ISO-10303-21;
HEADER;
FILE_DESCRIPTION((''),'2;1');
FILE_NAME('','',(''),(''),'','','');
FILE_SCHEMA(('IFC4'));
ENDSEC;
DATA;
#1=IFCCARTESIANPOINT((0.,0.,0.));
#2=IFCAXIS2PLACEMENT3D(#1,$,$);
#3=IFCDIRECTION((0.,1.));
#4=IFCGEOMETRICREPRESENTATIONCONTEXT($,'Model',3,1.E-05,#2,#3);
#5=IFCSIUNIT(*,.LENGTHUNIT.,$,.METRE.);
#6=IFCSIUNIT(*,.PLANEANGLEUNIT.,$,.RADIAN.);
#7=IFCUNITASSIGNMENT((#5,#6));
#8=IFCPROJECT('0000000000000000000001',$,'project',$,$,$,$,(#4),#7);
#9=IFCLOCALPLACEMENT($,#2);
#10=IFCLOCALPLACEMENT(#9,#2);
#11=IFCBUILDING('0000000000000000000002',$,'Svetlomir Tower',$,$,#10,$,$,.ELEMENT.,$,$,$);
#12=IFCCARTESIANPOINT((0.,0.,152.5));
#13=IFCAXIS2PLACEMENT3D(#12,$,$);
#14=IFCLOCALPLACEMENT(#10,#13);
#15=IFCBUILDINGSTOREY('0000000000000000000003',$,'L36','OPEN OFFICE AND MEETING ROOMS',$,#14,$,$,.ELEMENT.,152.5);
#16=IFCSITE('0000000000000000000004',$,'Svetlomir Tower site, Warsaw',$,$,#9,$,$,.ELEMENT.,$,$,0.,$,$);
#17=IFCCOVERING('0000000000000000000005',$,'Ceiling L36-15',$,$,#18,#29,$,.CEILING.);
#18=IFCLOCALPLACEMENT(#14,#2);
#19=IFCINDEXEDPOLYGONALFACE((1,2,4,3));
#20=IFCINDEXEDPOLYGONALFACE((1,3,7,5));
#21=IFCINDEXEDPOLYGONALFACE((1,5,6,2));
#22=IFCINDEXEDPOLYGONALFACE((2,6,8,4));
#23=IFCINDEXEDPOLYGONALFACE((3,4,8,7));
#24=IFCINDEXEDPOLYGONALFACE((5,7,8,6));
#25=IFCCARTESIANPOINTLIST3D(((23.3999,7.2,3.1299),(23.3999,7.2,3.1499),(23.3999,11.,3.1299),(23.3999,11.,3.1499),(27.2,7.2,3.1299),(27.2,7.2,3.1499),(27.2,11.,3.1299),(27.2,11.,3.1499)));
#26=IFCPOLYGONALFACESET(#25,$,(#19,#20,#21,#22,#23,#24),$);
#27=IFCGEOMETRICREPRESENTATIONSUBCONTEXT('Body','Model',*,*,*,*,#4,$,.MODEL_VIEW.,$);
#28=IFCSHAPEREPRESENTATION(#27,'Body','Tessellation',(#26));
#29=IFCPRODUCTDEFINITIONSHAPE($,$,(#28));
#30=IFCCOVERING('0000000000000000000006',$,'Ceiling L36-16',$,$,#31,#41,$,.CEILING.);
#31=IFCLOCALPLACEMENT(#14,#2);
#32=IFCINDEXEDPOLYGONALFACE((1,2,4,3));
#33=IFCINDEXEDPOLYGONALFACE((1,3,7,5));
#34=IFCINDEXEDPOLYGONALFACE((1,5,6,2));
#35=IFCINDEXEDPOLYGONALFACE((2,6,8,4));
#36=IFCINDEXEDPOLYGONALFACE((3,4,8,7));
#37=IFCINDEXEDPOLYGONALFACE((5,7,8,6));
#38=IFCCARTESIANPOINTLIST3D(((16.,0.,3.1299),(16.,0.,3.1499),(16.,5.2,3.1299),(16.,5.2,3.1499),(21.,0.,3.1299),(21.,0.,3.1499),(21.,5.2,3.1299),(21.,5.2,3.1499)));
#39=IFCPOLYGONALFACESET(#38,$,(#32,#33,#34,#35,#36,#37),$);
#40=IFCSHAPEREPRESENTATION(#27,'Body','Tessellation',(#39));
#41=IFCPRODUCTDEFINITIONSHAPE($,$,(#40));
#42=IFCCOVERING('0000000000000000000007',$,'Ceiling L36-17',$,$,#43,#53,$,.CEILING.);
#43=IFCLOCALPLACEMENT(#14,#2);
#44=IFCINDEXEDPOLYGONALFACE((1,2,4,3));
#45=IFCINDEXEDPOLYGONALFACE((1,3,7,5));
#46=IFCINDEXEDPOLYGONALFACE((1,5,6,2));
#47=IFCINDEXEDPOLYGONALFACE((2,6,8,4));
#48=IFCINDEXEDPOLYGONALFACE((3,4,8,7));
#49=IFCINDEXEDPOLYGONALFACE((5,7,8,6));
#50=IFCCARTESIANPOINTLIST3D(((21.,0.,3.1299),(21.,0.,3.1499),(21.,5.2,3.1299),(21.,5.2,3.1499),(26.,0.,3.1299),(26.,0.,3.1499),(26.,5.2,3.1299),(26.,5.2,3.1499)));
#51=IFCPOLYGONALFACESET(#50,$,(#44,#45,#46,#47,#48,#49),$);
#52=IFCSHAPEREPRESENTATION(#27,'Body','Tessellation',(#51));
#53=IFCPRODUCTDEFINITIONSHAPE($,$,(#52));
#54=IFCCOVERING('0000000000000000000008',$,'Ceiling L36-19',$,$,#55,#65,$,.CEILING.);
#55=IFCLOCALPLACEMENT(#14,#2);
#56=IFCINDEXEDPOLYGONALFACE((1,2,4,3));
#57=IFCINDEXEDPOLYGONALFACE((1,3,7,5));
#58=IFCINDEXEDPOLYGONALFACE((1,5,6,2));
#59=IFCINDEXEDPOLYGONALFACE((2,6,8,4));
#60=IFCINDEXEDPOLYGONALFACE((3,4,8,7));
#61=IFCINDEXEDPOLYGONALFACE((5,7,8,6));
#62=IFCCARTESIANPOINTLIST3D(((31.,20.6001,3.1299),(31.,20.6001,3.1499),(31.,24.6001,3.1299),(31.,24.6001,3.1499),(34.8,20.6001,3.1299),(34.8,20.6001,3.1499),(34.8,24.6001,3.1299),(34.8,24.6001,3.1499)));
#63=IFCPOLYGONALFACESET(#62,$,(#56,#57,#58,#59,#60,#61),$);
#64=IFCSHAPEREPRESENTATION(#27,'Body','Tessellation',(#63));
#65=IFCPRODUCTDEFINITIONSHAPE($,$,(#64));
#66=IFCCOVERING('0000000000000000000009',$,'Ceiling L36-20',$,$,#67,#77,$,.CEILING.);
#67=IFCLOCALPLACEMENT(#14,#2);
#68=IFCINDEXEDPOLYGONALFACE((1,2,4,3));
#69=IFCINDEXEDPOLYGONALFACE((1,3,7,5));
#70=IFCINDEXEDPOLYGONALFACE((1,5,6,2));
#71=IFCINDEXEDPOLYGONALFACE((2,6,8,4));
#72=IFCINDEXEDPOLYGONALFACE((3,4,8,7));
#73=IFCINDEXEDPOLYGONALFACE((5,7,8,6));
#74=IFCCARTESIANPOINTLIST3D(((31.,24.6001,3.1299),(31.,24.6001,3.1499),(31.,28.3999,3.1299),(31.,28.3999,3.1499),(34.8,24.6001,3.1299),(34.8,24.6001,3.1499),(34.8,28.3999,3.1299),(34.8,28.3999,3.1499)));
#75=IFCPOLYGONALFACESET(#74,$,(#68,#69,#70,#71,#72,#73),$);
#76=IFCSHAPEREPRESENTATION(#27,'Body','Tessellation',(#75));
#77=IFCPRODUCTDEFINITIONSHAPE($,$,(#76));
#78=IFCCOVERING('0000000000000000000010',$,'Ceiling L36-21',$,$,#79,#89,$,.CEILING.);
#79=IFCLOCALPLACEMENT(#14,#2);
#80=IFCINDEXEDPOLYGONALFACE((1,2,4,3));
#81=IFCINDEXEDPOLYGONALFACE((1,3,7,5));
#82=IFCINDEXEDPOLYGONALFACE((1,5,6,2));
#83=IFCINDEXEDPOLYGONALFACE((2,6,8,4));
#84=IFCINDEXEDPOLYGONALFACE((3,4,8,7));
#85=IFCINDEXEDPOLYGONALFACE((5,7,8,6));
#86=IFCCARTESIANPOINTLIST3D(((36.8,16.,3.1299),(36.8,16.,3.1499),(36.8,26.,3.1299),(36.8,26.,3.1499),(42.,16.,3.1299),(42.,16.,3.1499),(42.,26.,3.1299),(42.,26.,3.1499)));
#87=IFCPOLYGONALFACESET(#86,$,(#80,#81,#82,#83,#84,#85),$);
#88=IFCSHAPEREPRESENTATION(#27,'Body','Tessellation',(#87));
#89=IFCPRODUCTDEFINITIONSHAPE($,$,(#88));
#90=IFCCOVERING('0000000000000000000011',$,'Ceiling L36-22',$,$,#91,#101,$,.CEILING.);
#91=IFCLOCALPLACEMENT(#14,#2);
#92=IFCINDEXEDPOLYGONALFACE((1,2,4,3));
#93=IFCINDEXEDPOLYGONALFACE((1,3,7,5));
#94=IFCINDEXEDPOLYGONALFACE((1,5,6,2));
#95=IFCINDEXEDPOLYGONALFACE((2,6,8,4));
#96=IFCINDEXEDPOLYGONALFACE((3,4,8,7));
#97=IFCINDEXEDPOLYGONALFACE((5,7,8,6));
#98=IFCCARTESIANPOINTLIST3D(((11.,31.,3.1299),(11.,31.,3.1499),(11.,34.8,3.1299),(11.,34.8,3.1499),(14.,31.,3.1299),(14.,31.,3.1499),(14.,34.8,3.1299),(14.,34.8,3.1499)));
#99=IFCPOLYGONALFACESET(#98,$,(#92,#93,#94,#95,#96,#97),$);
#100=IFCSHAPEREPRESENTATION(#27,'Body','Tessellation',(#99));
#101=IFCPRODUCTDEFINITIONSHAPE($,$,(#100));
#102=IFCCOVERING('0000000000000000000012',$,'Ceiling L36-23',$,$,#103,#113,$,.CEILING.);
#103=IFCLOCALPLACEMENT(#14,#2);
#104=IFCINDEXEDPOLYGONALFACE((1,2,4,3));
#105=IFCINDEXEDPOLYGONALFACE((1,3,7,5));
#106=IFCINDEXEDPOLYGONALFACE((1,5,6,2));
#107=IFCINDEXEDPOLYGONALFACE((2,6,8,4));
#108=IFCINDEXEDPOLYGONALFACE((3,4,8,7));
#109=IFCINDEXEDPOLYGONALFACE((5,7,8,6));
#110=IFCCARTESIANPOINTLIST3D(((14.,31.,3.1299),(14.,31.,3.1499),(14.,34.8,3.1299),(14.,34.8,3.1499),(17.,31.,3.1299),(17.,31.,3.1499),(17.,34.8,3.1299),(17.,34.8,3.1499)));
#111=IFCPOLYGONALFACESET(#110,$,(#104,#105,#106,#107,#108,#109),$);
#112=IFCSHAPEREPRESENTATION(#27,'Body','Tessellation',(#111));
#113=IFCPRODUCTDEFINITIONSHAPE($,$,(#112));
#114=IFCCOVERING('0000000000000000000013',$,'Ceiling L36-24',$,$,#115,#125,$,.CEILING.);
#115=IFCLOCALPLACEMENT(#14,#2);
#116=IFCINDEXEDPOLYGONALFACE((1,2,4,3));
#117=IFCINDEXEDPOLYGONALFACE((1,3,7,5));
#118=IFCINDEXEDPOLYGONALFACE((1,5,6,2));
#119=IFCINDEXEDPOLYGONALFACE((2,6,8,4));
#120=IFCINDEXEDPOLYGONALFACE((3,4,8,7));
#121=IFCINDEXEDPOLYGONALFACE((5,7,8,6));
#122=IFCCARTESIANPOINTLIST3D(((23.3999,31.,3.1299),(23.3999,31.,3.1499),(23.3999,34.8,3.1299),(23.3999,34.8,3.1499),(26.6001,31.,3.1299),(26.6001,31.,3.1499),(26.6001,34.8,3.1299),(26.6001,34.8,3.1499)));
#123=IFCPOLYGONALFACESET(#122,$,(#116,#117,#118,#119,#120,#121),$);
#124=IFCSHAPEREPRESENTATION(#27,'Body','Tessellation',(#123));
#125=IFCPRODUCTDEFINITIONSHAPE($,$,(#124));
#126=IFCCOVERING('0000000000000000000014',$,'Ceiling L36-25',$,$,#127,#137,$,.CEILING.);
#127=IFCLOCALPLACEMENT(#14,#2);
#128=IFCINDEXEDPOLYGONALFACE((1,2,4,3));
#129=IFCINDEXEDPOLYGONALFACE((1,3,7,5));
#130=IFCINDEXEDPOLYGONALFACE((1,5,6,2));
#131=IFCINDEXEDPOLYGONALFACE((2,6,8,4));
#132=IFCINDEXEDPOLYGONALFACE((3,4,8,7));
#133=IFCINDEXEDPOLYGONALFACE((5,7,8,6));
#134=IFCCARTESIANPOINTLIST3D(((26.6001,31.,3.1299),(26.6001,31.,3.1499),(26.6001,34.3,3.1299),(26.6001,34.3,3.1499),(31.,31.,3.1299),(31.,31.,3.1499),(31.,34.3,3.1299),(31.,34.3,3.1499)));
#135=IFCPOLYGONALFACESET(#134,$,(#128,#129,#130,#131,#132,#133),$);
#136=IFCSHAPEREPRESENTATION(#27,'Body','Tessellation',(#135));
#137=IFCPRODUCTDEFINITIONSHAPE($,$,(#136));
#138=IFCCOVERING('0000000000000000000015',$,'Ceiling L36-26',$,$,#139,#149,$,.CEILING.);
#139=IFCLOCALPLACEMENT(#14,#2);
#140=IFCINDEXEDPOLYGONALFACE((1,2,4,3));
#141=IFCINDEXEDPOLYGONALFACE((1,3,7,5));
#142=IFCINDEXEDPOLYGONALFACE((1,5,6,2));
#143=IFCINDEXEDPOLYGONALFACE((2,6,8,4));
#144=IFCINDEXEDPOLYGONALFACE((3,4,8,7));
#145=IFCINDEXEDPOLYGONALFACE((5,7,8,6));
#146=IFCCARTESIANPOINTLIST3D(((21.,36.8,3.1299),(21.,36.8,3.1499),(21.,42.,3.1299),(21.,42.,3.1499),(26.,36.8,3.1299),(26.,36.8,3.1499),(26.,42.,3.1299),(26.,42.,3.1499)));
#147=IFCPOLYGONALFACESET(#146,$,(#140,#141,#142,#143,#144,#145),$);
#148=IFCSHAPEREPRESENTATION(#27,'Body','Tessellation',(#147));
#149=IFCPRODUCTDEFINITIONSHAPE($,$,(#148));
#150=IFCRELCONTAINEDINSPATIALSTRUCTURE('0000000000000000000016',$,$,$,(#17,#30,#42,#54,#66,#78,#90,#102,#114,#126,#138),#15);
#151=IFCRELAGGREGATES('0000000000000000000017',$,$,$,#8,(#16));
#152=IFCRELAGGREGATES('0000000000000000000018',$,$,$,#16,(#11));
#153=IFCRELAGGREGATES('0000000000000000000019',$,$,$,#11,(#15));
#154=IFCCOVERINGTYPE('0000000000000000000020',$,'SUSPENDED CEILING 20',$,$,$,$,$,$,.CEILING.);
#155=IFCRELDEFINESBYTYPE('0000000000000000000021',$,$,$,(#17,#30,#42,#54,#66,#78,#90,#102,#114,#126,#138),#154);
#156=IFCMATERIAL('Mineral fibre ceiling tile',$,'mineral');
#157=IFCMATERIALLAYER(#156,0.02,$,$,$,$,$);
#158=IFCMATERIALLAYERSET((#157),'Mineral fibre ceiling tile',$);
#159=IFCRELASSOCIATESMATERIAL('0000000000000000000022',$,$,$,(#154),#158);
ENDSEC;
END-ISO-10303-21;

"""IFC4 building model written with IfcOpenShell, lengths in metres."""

from ifc_helpers import new_model, si_unit, direction, frame, origin, place, context, subcontext, project, spatial, polyline, outline, extrude, material, layer, layer_set, type_object, element, save


model = new_model("IFC4")

# Units and contexts
model_context = context("Model", 3, precision=1e-05, world=origin(), true_north=direction((0.0, 1.0)))
body_context = subcontext(model_context, "Body", "Model", "MODEL_VIEW")
ifc_project = project(units=[si_unit("LENGTHUNIT", "METRE"), si_unit("PLANEANGLEUNIT", "RADIAN")], contexts=[model_context])

# Site, building, storey
site_placement = place(None, origin())
site = spatial("IfcSite", under=ifc_project, at=site_placement, Name="Svetlomir Tower site, Warsaw", CompositionType="ELEMENT", RefElevation=0.0)
building_placement = place(site_placement, origin())
building = spatial("IfcBuilding", under=site, at=building_placement, Name="Svetlomir Tower", CompositionType="ELEMENT")
storey_placement = place(building_placement, frame((0.0, 0.0, 152.5)))
storey = spatial("IfcBuildingStorey", under=building, at=storey_placement, Name="L36", Description="OPEN OFFICE AND MEETING ROOMS", CompositionType="ELEMENT", Elevation=152.5)

# Coverings
ifc_material_1 = material(Name="Mineral fibre ceiling tile", Category="mineral")
ifc_layer_1 = layer(ifc_material_1, 0.02)
ifc_layer_set_1 = layer_set([ifc_layer_1], Name="Mineral fibre ceiling tile")
covering_type_1 = type_object("IfcCoveringType", Name="SUSPENDED CEILING 20", PredefinedType="CEILING", material=ifc_layer_set_1)
covering_1_placement = place(storey_placement, frame((0.0, 0.0, 3.1299)))
element("IfcCovering", 1, at=covering_1_placement, inside=storey, type_object=covering_type_1, Name="Ceiling L36-15", PredefinedType="CEILING", context=body_context, shape_type="SweptSolid", body=[
    extrude(outline(polyline([(23.3999, 7.2), (27.2, 7.2), (27.2, 11.0), (23.3999, 11.0), (23.3999, 7.2)])), origin(), (0.0, 0.0, 1.0), 0.02),
])
covering_2_placement = place(storey_placement, frame((0.0, 0.0, 3.1299)))
element("IfcCovering", 2, at=covering_2_placement, inside=storey, type_object=covering_type_1, Name="Ceiling L36-16", PredefinedType="CEILING", context=body_context, shape_type="SweptSolid", body=[
    extrude(outline(polyline([(16.0, 0.0), (21.0, 0.0), (21.0, 5.2), (16.0, 5.2), (16.0, 0.0)])), origin(), (0.0, 0.0, 1.0), 0.02),
])
covering_3_placement = place(storey_placement, frame((0.0, 0.0, 3.1299)))
element("IfcCovering", 3, at=covering_3_placement, inside=storey, type_object=covering_type_1, Name="Ceiling L36-17", PredefinedType="CEILING", context=body_context, shape_type="SweptSolid", body=[
    extrude(outline(polyline([(21.0, 0.0), (26.0, 0.0), (26.0, 5.2), (21.0, 5.2), (21.0, 0.0)])), origin(), (0.0, 0.0, 1.0), 0.02),
])
covering_4_placement = place(storey_placement, frame((0.0, 0.0, 3.1299)))
element("IfcCovering", 4, at=covering_4_placement, inside=storey, type_object=covering_type_1, Name="Ceiling L36-19", PredefinedType="CEILING", context=body_context, shape_type="SweptSolid", body=[
    extrude(outline(polyline([(31.0, 20.6001), (34.8, 20.6001), (34.8, 24.6001), (31.0, 24.6001), (31.0, 20.6001)])), origin(), (0.0, 0.0, 1.0), 0.02),
])
covering_5_placement = place(storey_placement, frame((0.0, 0.0, 3.1299)))
element("IfcCovering", 5, at=covering_5_placement, inside=storey, type_object=covering_type_1, Name="Ceiling L36-20", PredefinedType="CEILING", context=body_context, shape_type="SweptSolid", body=[
    extrude(outline(polyline([(31.0, 24.6001), (34.8, 24.6001), (34.8, 28.3999), (31.0, 28.3999), (31.0, 24.6001)])), origin(), (0.0, 0.0, 1.0), 0.02),
])
covering_6_placement = place(storey_placement, frame((0.0, 0.0, 3.1299)))
element("IfcCovering", 6, at=covering_6_placement, inside=storey, type_object=covering_type_1, Name="Ceiling L36-21", PredefinedType="CEILING", context=body_context, shape_type="SweptSolid", body=[
    extrude(outline(polyline([(36.8, 16.0), (42.0, 16.0), (42.0, 26.0), (36.8, 26.0), (36.8, 16.0)])), origin(), (0.0, 0.0, 1.0), 0.02),
])
covering_7_placement = place(storey_placement, frame((0.0, 0.0, 3.1299)))
element("IfcCovering", 7, at=covering_7_placement, inside=storey, type_object=covering_type_1, Name="Ceiling L36-22", PredefinedType="CEILING", context=body_context, shape_type="SweptSolid", body=[
    extrude(outline(polyline([(11.0, 31.0), (14.0, 31.0), (14.0, 34.8), (11.0, 34.8), (11.0, 31.0)])), origin(), (0.0, 0.0, 1.0), 0.02),
])
covering_8_placement = place(storey_placement, frame((0.0, 0.0, 3.1299)))
element("IfcCovering", 8, at=covering_8_placement, inside=storey, type_object=covering_type_1, Name="Ceiling L36-23", PredefinedType="CEILING", context=body_context, shape_type="SweptSolid", body=[
    extrude(outline(polyline([(14.0, 31.0), (17.0, 31.0), (17.0, 34.8), (14.0, 34.8), (14.0, 31.0)])), origin(), (0.0, 0.0, 1.0), 0.02),
])
covering_9_placement = place(storey_placement, frame((0.0, 0.0, 3.1299)))
element("IfcCovering", 9, at=covering_9_placement, inside=storey, type_object=covering_type_1, Name="Ceiling L36-24", PredefinedType="CEILING", context=body_context, shape_type="SweptSolid", body=[
    extrude(outline(polyline([(23.3999, 31.0), (26.6001, 31.0), (26.6001, 34.8), (23.3999, 34.8), (23.3999, 31.0)])), origin(), (0.0, 0.0, 1.0), 0.02),
])
covering_10_placement = place(storey_placement, frame((0.0, 0.0, 3.1299)))
element("IfcCovering", 10, at=covering_10_placement, inside=storey, type_object=covering_type_1, Name="Ceiling L36-25", PredefinedType="CEILING", context=body_context, shape_type="SweptSolid", body=[
    extrude(outline(polyline([(26.6001, 31.0), (31.0, 31.0), (31.0, 34.3), (26.6001, 34.3), (26.6001, 31.0)])), origin(), (0.0, 0.0, 1.0), 0.02),
])
covering_11_placement = place(storey_placement, frame((0.0, 0.0, 3.1299)))
element("IfcCovering", 11, at=covering_11_placement, inside=storey, type_object=covering_type_1, Name="Ceiling L36-26", PredefinedType="CEILING", context=body_context, shape_type="SweptSolid", body=[
    extrude(outline(polyline([(21.0, 36.8), (26.0, 36.8), (26.0, 42.0), (21.0, 42.0), (21.0, 36.8)])), origin(), (0.0, 0.0, 1.0), 0.02),
])

save(model, "model.ifc")
